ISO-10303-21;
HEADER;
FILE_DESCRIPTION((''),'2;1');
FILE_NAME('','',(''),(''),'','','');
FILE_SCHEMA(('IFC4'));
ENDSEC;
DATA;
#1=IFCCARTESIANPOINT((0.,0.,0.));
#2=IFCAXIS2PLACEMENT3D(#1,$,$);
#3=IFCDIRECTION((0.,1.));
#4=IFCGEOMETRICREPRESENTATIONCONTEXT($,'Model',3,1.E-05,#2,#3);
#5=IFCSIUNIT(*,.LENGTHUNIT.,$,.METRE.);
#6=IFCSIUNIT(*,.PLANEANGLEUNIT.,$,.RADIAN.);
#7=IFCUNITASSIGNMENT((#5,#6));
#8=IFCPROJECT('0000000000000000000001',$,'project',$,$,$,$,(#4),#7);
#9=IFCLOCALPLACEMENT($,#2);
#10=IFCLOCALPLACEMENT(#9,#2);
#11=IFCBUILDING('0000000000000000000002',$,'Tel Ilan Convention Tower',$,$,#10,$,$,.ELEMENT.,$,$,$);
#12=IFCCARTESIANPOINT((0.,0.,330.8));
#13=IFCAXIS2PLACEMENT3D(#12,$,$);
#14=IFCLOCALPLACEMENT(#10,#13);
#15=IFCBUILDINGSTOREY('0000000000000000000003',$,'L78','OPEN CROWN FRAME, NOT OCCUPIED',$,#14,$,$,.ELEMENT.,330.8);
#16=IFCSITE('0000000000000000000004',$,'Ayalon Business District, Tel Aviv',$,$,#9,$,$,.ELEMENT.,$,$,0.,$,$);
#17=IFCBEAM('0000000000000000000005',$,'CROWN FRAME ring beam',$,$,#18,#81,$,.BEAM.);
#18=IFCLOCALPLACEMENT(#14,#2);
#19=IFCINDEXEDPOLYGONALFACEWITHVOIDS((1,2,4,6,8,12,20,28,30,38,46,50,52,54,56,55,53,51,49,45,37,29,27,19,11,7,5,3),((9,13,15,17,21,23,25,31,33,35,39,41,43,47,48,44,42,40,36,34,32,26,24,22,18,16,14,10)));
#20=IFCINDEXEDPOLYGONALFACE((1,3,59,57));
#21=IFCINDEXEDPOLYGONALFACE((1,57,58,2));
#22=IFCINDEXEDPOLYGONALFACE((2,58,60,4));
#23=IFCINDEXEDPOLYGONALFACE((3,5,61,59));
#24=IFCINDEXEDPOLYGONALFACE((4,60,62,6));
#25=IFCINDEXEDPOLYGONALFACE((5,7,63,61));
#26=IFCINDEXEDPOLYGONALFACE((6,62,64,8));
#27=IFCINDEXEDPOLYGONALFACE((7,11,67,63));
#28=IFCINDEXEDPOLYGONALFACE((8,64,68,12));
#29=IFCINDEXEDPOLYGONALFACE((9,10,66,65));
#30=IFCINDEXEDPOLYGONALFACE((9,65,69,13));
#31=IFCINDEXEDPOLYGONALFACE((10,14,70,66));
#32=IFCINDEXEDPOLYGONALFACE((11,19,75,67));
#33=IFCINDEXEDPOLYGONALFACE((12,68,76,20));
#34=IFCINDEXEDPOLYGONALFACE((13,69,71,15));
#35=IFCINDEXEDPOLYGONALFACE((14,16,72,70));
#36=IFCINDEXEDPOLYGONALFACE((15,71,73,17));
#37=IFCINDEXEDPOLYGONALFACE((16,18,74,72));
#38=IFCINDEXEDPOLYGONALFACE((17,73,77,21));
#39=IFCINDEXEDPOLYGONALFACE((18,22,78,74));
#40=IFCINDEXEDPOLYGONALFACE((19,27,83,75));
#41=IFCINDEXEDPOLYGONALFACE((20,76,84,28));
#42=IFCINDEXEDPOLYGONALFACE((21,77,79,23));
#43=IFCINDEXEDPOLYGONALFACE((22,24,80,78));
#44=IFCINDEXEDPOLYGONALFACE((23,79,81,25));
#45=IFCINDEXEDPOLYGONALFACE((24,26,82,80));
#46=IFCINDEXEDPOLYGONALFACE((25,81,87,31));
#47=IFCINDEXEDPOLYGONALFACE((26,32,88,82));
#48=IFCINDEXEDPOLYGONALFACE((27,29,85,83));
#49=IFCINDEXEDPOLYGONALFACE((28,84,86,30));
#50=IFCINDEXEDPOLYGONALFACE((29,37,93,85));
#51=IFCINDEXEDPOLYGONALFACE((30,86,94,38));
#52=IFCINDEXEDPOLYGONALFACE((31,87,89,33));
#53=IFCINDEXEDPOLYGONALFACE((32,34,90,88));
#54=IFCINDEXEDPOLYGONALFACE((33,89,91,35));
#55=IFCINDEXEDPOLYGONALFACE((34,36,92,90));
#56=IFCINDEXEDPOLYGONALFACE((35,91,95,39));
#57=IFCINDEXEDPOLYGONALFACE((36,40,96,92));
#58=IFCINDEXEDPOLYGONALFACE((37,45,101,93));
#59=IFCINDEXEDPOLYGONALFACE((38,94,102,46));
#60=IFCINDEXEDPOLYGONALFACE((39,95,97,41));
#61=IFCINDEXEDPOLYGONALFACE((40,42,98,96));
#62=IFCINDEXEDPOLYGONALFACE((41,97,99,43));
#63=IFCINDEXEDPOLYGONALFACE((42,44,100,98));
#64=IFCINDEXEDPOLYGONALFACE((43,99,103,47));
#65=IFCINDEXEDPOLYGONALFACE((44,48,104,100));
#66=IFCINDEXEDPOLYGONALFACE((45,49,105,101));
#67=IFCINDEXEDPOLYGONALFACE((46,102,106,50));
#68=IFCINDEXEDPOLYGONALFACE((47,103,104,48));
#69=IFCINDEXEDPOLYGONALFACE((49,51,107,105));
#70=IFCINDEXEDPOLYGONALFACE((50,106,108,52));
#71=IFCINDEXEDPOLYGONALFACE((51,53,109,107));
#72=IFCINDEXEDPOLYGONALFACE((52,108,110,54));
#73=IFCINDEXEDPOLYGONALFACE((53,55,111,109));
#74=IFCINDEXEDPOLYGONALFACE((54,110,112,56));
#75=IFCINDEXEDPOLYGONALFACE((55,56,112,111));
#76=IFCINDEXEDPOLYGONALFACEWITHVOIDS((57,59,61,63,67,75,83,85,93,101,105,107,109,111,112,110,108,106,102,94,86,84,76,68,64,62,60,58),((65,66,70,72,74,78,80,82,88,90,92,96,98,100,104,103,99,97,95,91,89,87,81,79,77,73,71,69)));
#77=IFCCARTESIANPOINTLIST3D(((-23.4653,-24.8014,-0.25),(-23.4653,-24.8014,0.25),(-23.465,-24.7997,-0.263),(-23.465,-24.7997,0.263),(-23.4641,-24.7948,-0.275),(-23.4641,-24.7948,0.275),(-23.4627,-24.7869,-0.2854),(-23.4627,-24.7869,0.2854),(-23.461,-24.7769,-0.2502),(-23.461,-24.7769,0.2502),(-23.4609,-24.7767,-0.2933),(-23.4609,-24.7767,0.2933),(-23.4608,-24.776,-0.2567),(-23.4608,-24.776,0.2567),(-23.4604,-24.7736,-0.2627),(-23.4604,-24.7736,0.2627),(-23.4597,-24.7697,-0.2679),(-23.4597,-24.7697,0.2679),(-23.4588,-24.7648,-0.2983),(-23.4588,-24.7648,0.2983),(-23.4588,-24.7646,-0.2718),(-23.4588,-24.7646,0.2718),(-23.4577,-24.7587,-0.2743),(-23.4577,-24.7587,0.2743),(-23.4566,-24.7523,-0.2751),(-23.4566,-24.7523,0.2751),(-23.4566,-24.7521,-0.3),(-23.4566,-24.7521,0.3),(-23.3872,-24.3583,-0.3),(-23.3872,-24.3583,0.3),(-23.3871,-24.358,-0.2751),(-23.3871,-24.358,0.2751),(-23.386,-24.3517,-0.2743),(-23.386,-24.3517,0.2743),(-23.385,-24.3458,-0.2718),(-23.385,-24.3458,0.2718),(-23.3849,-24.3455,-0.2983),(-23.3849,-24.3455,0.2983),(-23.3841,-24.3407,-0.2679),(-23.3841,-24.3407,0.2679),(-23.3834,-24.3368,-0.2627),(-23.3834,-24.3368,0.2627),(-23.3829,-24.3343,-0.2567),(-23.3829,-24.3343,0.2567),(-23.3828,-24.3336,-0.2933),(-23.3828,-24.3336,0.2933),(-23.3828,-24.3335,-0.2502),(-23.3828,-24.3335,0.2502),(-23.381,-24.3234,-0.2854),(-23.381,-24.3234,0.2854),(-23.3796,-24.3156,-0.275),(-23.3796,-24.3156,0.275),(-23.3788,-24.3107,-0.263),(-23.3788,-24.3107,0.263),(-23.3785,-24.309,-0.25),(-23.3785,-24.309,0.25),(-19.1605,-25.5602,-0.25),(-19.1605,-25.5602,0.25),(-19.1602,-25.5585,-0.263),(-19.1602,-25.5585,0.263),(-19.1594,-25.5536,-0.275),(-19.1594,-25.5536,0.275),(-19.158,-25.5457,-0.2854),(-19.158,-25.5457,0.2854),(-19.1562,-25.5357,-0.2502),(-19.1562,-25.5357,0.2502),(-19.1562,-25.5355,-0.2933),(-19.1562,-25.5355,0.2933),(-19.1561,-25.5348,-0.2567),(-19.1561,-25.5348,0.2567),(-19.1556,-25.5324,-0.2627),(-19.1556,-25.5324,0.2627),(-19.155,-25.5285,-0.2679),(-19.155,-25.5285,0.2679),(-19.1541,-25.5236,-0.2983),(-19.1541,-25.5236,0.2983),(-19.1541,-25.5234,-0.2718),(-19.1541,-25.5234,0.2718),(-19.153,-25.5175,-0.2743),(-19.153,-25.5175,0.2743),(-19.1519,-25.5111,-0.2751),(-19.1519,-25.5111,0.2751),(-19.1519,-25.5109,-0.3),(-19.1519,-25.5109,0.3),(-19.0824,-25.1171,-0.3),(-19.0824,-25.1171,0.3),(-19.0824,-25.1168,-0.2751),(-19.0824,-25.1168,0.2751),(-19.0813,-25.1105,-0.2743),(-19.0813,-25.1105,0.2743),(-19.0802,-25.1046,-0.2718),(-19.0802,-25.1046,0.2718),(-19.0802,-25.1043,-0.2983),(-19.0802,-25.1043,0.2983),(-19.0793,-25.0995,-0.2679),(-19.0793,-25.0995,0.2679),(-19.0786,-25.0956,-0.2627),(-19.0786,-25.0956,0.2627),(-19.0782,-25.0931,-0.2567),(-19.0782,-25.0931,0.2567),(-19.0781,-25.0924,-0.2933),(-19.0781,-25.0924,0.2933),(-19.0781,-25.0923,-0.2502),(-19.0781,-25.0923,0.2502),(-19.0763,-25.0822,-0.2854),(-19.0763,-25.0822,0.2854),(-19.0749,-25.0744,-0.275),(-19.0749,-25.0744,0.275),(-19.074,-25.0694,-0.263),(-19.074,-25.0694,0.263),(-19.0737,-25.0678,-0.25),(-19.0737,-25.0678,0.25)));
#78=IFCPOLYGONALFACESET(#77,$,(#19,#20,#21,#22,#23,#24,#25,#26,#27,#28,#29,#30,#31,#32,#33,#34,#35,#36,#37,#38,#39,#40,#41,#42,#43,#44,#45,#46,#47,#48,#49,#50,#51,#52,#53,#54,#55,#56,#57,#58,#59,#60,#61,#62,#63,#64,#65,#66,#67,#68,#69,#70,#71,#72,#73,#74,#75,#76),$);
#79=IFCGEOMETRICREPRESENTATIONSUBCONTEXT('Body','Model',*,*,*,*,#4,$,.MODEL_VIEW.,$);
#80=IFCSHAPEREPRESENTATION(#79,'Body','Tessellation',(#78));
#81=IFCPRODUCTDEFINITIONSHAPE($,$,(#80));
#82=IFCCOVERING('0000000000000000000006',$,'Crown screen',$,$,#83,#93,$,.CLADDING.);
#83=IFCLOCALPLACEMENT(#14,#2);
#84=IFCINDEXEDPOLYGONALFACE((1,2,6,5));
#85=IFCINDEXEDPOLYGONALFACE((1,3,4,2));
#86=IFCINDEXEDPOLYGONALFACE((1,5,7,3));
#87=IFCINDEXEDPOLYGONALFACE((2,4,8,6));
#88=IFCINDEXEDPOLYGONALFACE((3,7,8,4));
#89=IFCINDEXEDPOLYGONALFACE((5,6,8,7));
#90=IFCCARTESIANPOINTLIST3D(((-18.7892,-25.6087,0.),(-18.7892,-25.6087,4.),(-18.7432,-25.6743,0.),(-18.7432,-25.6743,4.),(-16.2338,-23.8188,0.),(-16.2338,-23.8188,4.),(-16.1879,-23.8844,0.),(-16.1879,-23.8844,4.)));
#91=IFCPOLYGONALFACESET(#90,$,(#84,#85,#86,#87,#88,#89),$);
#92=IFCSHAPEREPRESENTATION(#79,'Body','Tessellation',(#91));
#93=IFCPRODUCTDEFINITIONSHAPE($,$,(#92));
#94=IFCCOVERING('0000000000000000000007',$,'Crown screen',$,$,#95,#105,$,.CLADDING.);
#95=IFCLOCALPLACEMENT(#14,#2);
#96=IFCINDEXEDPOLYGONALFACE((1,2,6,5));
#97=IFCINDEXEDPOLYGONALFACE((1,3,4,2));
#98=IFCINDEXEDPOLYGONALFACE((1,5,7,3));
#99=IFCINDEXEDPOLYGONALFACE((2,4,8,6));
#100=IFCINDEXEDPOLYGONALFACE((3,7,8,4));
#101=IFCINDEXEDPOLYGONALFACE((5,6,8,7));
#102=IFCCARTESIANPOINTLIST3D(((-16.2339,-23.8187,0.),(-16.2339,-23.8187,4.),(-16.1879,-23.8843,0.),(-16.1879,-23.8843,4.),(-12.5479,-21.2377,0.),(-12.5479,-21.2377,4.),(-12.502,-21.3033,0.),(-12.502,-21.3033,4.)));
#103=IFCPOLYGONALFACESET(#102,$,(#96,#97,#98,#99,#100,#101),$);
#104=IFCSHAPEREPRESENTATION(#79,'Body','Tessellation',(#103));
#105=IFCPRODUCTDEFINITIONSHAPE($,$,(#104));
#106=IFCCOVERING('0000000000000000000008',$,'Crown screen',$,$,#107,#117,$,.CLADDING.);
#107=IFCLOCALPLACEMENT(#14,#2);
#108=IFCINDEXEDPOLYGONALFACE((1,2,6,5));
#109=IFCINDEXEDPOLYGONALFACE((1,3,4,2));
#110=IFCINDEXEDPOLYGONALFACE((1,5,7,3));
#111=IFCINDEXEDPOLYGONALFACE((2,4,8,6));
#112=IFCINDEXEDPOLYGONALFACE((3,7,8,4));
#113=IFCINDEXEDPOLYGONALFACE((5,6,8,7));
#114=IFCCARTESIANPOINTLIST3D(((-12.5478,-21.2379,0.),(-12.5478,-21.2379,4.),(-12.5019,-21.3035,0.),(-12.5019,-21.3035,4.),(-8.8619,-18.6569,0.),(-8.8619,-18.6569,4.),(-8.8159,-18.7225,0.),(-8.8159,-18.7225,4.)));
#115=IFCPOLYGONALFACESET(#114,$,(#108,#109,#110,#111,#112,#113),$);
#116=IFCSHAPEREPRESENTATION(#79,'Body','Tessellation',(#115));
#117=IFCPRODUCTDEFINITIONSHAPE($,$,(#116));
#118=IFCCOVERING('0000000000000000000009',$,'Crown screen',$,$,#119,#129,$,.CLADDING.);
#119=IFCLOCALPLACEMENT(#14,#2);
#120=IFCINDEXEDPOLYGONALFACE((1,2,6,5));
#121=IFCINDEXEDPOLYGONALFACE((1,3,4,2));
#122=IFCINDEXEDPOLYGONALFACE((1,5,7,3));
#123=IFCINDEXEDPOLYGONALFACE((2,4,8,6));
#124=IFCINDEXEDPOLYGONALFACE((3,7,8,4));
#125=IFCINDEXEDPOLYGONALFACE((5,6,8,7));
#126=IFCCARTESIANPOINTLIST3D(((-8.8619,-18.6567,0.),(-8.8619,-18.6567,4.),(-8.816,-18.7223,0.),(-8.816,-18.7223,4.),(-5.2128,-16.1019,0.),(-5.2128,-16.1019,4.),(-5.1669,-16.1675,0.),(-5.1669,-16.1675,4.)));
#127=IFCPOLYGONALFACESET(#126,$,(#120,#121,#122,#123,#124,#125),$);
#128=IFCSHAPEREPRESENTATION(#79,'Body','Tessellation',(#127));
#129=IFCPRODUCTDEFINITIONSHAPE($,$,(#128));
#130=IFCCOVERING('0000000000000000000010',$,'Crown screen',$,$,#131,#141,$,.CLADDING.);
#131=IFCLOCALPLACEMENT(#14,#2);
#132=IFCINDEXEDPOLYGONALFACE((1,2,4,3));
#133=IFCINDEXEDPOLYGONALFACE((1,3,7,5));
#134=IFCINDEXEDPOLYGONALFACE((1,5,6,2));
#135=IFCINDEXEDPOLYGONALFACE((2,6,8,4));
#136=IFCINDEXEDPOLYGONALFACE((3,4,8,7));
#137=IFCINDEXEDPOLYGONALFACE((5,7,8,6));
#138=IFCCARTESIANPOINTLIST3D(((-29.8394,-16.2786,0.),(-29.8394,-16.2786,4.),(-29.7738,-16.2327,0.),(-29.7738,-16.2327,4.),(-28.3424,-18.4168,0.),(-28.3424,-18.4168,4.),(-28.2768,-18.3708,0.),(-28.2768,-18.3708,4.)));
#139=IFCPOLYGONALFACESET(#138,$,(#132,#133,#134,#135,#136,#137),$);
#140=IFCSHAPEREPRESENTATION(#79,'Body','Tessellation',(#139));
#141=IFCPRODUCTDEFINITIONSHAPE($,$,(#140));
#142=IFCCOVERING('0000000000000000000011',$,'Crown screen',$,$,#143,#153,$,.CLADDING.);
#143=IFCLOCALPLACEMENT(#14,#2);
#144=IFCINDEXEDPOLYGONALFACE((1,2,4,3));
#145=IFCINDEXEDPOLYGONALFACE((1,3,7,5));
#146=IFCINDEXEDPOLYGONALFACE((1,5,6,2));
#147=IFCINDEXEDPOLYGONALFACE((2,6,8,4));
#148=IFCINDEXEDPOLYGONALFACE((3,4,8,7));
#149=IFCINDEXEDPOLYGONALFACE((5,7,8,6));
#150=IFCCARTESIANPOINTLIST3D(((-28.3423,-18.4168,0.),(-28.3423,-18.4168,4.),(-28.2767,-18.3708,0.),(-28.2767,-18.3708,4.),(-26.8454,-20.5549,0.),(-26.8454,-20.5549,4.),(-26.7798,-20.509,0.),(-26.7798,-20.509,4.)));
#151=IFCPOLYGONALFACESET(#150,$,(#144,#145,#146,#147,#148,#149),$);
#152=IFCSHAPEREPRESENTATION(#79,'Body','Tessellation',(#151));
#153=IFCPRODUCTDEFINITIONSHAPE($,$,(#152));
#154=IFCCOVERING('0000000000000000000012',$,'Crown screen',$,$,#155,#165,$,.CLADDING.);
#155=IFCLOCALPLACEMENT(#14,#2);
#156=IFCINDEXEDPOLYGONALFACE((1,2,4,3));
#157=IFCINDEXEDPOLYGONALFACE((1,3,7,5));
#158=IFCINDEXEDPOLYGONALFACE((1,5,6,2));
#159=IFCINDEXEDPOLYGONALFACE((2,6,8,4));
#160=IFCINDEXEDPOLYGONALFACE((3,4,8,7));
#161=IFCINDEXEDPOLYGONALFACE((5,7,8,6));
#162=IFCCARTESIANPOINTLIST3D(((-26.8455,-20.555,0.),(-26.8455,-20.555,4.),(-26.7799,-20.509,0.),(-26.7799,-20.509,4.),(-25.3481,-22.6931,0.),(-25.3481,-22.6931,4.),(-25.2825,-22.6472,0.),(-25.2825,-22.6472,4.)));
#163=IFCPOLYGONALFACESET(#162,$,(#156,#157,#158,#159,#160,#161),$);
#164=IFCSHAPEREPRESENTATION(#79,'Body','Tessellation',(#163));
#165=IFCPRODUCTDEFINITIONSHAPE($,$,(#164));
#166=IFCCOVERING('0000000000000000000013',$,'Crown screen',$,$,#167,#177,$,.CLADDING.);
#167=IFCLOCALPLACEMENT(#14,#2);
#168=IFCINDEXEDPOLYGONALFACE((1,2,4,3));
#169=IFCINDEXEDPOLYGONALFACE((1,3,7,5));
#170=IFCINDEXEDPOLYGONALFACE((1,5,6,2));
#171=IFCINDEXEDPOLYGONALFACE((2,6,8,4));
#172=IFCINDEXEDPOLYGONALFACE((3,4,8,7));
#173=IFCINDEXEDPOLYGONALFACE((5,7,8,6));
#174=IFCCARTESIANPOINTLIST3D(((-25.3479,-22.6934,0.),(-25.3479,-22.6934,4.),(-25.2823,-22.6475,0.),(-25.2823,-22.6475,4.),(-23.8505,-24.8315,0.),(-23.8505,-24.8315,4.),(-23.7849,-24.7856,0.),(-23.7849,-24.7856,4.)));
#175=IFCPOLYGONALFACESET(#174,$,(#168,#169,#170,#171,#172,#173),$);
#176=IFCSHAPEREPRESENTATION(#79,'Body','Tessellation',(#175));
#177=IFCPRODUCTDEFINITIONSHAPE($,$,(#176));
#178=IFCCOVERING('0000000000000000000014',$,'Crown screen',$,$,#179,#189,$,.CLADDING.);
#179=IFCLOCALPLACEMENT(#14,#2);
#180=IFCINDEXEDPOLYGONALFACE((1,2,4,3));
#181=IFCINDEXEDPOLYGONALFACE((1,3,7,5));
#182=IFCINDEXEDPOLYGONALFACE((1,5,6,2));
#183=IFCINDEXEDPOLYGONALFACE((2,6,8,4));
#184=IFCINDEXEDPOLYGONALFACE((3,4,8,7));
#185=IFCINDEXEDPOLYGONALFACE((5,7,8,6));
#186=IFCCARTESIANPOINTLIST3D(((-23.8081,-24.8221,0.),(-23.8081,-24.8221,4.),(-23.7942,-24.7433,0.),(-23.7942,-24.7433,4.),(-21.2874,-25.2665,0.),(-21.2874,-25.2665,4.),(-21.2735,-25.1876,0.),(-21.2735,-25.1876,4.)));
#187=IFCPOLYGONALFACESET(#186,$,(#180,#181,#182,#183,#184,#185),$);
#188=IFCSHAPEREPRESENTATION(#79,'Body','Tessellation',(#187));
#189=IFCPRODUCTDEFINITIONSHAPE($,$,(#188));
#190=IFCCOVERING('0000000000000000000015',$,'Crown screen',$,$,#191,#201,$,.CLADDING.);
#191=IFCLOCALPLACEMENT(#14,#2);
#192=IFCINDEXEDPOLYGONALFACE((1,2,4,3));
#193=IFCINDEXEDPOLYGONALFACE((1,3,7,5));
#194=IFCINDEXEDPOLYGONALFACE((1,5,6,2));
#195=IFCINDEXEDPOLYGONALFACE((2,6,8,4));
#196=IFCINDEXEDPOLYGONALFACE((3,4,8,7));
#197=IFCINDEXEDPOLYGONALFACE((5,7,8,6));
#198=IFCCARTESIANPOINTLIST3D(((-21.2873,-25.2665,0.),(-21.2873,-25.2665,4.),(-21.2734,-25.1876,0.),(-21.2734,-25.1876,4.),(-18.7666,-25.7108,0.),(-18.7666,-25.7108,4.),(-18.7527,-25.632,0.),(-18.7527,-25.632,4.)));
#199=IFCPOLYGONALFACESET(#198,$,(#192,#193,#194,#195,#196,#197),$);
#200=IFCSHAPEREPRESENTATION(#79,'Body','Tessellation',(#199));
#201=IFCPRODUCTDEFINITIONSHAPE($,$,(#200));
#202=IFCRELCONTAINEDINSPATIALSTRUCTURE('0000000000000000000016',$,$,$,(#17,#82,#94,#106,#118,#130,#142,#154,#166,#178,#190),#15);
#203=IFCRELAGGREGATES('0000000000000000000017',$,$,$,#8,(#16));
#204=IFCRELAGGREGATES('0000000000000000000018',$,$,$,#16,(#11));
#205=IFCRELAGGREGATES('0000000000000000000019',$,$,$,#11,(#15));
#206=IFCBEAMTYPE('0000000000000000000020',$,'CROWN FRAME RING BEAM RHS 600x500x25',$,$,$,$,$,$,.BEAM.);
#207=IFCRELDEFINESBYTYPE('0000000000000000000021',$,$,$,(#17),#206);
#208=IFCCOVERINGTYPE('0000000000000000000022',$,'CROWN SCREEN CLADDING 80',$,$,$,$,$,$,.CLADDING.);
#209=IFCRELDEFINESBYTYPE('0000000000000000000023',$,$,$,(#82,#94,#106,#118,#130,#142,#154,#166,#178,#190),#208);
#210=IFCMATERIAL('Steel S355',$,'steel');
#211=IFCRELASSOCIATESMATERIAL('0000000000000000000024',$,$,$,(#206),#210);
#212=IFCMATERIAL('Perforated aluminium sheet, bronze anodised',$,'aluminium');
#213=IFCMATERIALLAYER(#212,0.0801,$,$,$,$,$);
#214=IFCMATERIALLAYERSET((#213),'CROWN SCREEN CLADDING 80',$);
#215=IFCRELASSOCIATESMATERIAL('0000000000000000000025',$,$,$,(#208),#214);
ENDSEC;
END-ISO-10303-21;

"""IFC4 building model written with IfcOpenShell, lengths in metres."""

from ifc_helpers import new_model, si_unit, direction, frame, origin, origin_2d, place, context, subcontext, project, spatial, rectangle, hollow_rectangle, extrude, material, layer, layer_set, material_profile, profile_set, type_object, element, save


model = new_model("IFC4")

# Units and contexts
model_context = context("Model", 3, precision=1e-05, world=origin(), true_north=direction((0.0, 1.0)))
body_context = subcontext(model_context, "Body", "Model", "MODEL_VIEW")
ifc_project = project(units=[si_unit("LENGTHUNIT", "METRE"), si_unit("PLANEANGLEUNIT", "RADIAN")], contexts=[model_context])

# Site, building, storey
site_placement = place(None, origin())
site = spatial("IfcSite", under=ifc_project, at=site_placement, Name="Ayalon Business District, Tel Aviv", CompositionType="ELEMENT", RefElevation=0.0)
building_placement = place(site_placement, origin())
building = spatial("IfcBuilding", under=site, at=building_placement, Name="Tel Ilan Convention Tower", CompositionType="ELEMENT")
storey_placement = place(building_placement, frame((0.0, 0.0, 330.8)))
storey = spatial("IfcBuildingStorey", under=building, at=storey_placement, Name="L78", Description="OPEN CROWN FRAME, NOT OCCUPIED", CompositionType="ELEMENT", Elevation=330.8)

# Beam
ifc_material_1 = material(Name="Steel S355", Category="steel")
ifc_material_profile_1 = material_profile(ifc_material_1, hollow_rectangle(XDim=0.5, YDim=0.6001, WallThickness=0.0249, InnerFilletRadius=0.0249, OuterFilletRadius=0.05, at=origin_2d()), Name="RHS 600x500x25")
ifc_profile_set_1 = profile_set([ifc_material_profile_1], Name="Steel S355")
beam_type = type_object("IfcBeamType", Name="CROWN FRAME RING BEAM RHS 600x500x25", PredefinedType="BEAM", material=ifc_profile_set_1)
beam_1_placement = place(storey_placement, frame((-23.4219, -24.5552, 0.0), z_axis=(0.984817, -0.173594, 0.0), x_axis=(0.173594, 0.984817, 0.0)))
element("IfcBeam", 1, at=beam_1_placement, inside=storey, type_object=beam_type, Name="CROWN FRAME ring beam", PredefinedType="BEAM", context=body_context, shape_type="SweptSolid", body=[
    extrude(hollow_rectangle(XDim=0.5, YDim=0.6001, WallThickness=0.0249, InnerFilletRadius=0.0249, OuterFilletRadius=0.05, at=origin_2d()), origin(), (0.0, 0.0, 1.0), 4.3711),
])

# Coverings
ifc_material_2 = material(Name="Perforated aluminium sheet, bronze anodised", Category="aluminium")
ifc_layer = layer(ifc_material_2, 0.0801)
ifc_layer_set = layer_set([ifc_layer], Name="CROWN SCREEN CLADDING 80")
covering_type = type_object("IfcCoveringType", Name="CROWN SCREEN CLADDING 80", PredefinedType="CLADDING", material=ifc_layer_set)
covering_1_placement = place(storey_placement, frame((-17.4885, -24.7466, 0.0), z_axis=(0.0, 0.0, 1.0), x_axis=(0.81906, 0.573708, 0.0)))
element("IfcCovering", 2, at=covering_1_placement, inside=storey, type_object=covering_type, Name="Crown screen", PredefinedType="CLADDING", context=body_context, shape_type="SweptSolid", body=[
    extrude(rectangle(XDim=3.1199, YDim=0.0801, at=origin_2d()), origin(), (0.0, 0.0, 1.0), 4.0),
])
for number, where, z_axis, x_axis, name in (
    (3, (-14.3679, -22.561, 0.0), (0.0, 0.0, 1.0), (0.819148, 0.573582, 0.0), "Crown screen"),
    (4, (-10.6819, -19.9802, 0.0), (0.0, 0.0, 1.0), (0.819148, 0.573582, 0.0), "Crown screen"),
):
    element("IfcCovering", number, at=place(storey_placement, frame(where, z_axis=z_axis, x_axis=x_axis)), inside=storey, type_object=covering_type, Name=name, PredefinedType="CLADDING", context=body_context, shape_type="SweptSolid", body=[
        extrude(rectangle(XDim=4.4998, YDim=0.0801, at=origin_2d()), origin(), (0.0, 0.0, 1.0), 4.0),
    ])
covering_2_placement = place(storey_placement, frame((-7.0144, -17.4121, 0.0), z_axis=(0.0, 0.0, 1.0), x_axis=(0.819185, 0.573529, 0.0)))
element("IfcCovering", 5, at=covering_2_placement, inside=storey, type_object=covering_type, Name="Crown screen", PredefinedType="CLADDING", context=body_context, shape_type="SweptSolid", body=[
    extrude(rectangle(XDim=4.4546, YDim=0.0801, at=origin_2d()), origin(), (0.0, 0.0, 1.0), 4.0),
])
for number, where, z_axis, x_axis, name in (
    (6, (-29.0581, -17.3247, 0.0), (0.0, 0.0, 1.0), (0.573515, -0.819195, 0.0), "Crown screen"),
    (7, (-27.561, -19.4629, 0.0), (0.0, 0.0, 1.0), (0.573515, -0.819195, 0.0), "Crown screen"),
):
    element("IfcCovering", number, at=place(storey_placement, frame(where, z_axis=z_axis, x_axis=x_axis)), inside=storey, type_object=covering_type, Name=name, PredefinedType="CLADDING", context=body_context, shape_type="SweptSolid", body=[
        extrude(rectangle(XDim=2.6101, YDim=0.0801, at=origin_2d()), origin(), (0.0, 0.0, 1.0), 4.0),
    ])
for number, where, z_axis, x_axis, name in (
    (8, (-26.064, -21.6011, 0.0), (0.0, 0.0, 1.0), (0.573647, -0.819103, 0.0), "Crown screen"),
    (9, (-24.5664, -23.7395, 0.0), (0.0, 0.0, 1.0), (0.573647, -0.819103, 0.0), "Crown screen"),
):
    element("IfcCovering", number, at=place(storey_placement, frame(where, z_axis=z_axis, x_axis=x_axis)), inside=storey, type_object=covering_type, Name=name, PredefinedType="CLADDING", context=body_context, shape_type="SweptSolid", body=[
        extrude(rectangle(XDim=2.6104, YDim=0.0801, at=origin_2d()), origin(), (0.0, 0.0, 1.0), 4.0),
    ])
for number, where, z_axis, x_axis, name in (
    (10, (-22.5408, -25.0049, 0.0), (0.0, 0.0, 1.0), (0.984817, -0.173598, 0.0), "Crown screen"),
    (11, (-20.02, -25.4492, 0.0), (0.0, 0.0, 1.0), (0.984817, -0.173598, 0.0), "Crown screen"),
):
    element("IfcCovering", number, at=place(storey_placement, frame(where, z_axis=z_axis, x_axis=x_axis)), inside=storey, type_object=covering_type, Name=name, PredefinedType="CLADDING", context=body_context, shape_type="SweptSolid", body=[
        extrude(rectangle(XDim=2.5596, YDim=0.0801, at=origin_2d()), origin(), (0.0, 0.0, 1.0), 4.0),
    ])

save(model, "model.ifc")
